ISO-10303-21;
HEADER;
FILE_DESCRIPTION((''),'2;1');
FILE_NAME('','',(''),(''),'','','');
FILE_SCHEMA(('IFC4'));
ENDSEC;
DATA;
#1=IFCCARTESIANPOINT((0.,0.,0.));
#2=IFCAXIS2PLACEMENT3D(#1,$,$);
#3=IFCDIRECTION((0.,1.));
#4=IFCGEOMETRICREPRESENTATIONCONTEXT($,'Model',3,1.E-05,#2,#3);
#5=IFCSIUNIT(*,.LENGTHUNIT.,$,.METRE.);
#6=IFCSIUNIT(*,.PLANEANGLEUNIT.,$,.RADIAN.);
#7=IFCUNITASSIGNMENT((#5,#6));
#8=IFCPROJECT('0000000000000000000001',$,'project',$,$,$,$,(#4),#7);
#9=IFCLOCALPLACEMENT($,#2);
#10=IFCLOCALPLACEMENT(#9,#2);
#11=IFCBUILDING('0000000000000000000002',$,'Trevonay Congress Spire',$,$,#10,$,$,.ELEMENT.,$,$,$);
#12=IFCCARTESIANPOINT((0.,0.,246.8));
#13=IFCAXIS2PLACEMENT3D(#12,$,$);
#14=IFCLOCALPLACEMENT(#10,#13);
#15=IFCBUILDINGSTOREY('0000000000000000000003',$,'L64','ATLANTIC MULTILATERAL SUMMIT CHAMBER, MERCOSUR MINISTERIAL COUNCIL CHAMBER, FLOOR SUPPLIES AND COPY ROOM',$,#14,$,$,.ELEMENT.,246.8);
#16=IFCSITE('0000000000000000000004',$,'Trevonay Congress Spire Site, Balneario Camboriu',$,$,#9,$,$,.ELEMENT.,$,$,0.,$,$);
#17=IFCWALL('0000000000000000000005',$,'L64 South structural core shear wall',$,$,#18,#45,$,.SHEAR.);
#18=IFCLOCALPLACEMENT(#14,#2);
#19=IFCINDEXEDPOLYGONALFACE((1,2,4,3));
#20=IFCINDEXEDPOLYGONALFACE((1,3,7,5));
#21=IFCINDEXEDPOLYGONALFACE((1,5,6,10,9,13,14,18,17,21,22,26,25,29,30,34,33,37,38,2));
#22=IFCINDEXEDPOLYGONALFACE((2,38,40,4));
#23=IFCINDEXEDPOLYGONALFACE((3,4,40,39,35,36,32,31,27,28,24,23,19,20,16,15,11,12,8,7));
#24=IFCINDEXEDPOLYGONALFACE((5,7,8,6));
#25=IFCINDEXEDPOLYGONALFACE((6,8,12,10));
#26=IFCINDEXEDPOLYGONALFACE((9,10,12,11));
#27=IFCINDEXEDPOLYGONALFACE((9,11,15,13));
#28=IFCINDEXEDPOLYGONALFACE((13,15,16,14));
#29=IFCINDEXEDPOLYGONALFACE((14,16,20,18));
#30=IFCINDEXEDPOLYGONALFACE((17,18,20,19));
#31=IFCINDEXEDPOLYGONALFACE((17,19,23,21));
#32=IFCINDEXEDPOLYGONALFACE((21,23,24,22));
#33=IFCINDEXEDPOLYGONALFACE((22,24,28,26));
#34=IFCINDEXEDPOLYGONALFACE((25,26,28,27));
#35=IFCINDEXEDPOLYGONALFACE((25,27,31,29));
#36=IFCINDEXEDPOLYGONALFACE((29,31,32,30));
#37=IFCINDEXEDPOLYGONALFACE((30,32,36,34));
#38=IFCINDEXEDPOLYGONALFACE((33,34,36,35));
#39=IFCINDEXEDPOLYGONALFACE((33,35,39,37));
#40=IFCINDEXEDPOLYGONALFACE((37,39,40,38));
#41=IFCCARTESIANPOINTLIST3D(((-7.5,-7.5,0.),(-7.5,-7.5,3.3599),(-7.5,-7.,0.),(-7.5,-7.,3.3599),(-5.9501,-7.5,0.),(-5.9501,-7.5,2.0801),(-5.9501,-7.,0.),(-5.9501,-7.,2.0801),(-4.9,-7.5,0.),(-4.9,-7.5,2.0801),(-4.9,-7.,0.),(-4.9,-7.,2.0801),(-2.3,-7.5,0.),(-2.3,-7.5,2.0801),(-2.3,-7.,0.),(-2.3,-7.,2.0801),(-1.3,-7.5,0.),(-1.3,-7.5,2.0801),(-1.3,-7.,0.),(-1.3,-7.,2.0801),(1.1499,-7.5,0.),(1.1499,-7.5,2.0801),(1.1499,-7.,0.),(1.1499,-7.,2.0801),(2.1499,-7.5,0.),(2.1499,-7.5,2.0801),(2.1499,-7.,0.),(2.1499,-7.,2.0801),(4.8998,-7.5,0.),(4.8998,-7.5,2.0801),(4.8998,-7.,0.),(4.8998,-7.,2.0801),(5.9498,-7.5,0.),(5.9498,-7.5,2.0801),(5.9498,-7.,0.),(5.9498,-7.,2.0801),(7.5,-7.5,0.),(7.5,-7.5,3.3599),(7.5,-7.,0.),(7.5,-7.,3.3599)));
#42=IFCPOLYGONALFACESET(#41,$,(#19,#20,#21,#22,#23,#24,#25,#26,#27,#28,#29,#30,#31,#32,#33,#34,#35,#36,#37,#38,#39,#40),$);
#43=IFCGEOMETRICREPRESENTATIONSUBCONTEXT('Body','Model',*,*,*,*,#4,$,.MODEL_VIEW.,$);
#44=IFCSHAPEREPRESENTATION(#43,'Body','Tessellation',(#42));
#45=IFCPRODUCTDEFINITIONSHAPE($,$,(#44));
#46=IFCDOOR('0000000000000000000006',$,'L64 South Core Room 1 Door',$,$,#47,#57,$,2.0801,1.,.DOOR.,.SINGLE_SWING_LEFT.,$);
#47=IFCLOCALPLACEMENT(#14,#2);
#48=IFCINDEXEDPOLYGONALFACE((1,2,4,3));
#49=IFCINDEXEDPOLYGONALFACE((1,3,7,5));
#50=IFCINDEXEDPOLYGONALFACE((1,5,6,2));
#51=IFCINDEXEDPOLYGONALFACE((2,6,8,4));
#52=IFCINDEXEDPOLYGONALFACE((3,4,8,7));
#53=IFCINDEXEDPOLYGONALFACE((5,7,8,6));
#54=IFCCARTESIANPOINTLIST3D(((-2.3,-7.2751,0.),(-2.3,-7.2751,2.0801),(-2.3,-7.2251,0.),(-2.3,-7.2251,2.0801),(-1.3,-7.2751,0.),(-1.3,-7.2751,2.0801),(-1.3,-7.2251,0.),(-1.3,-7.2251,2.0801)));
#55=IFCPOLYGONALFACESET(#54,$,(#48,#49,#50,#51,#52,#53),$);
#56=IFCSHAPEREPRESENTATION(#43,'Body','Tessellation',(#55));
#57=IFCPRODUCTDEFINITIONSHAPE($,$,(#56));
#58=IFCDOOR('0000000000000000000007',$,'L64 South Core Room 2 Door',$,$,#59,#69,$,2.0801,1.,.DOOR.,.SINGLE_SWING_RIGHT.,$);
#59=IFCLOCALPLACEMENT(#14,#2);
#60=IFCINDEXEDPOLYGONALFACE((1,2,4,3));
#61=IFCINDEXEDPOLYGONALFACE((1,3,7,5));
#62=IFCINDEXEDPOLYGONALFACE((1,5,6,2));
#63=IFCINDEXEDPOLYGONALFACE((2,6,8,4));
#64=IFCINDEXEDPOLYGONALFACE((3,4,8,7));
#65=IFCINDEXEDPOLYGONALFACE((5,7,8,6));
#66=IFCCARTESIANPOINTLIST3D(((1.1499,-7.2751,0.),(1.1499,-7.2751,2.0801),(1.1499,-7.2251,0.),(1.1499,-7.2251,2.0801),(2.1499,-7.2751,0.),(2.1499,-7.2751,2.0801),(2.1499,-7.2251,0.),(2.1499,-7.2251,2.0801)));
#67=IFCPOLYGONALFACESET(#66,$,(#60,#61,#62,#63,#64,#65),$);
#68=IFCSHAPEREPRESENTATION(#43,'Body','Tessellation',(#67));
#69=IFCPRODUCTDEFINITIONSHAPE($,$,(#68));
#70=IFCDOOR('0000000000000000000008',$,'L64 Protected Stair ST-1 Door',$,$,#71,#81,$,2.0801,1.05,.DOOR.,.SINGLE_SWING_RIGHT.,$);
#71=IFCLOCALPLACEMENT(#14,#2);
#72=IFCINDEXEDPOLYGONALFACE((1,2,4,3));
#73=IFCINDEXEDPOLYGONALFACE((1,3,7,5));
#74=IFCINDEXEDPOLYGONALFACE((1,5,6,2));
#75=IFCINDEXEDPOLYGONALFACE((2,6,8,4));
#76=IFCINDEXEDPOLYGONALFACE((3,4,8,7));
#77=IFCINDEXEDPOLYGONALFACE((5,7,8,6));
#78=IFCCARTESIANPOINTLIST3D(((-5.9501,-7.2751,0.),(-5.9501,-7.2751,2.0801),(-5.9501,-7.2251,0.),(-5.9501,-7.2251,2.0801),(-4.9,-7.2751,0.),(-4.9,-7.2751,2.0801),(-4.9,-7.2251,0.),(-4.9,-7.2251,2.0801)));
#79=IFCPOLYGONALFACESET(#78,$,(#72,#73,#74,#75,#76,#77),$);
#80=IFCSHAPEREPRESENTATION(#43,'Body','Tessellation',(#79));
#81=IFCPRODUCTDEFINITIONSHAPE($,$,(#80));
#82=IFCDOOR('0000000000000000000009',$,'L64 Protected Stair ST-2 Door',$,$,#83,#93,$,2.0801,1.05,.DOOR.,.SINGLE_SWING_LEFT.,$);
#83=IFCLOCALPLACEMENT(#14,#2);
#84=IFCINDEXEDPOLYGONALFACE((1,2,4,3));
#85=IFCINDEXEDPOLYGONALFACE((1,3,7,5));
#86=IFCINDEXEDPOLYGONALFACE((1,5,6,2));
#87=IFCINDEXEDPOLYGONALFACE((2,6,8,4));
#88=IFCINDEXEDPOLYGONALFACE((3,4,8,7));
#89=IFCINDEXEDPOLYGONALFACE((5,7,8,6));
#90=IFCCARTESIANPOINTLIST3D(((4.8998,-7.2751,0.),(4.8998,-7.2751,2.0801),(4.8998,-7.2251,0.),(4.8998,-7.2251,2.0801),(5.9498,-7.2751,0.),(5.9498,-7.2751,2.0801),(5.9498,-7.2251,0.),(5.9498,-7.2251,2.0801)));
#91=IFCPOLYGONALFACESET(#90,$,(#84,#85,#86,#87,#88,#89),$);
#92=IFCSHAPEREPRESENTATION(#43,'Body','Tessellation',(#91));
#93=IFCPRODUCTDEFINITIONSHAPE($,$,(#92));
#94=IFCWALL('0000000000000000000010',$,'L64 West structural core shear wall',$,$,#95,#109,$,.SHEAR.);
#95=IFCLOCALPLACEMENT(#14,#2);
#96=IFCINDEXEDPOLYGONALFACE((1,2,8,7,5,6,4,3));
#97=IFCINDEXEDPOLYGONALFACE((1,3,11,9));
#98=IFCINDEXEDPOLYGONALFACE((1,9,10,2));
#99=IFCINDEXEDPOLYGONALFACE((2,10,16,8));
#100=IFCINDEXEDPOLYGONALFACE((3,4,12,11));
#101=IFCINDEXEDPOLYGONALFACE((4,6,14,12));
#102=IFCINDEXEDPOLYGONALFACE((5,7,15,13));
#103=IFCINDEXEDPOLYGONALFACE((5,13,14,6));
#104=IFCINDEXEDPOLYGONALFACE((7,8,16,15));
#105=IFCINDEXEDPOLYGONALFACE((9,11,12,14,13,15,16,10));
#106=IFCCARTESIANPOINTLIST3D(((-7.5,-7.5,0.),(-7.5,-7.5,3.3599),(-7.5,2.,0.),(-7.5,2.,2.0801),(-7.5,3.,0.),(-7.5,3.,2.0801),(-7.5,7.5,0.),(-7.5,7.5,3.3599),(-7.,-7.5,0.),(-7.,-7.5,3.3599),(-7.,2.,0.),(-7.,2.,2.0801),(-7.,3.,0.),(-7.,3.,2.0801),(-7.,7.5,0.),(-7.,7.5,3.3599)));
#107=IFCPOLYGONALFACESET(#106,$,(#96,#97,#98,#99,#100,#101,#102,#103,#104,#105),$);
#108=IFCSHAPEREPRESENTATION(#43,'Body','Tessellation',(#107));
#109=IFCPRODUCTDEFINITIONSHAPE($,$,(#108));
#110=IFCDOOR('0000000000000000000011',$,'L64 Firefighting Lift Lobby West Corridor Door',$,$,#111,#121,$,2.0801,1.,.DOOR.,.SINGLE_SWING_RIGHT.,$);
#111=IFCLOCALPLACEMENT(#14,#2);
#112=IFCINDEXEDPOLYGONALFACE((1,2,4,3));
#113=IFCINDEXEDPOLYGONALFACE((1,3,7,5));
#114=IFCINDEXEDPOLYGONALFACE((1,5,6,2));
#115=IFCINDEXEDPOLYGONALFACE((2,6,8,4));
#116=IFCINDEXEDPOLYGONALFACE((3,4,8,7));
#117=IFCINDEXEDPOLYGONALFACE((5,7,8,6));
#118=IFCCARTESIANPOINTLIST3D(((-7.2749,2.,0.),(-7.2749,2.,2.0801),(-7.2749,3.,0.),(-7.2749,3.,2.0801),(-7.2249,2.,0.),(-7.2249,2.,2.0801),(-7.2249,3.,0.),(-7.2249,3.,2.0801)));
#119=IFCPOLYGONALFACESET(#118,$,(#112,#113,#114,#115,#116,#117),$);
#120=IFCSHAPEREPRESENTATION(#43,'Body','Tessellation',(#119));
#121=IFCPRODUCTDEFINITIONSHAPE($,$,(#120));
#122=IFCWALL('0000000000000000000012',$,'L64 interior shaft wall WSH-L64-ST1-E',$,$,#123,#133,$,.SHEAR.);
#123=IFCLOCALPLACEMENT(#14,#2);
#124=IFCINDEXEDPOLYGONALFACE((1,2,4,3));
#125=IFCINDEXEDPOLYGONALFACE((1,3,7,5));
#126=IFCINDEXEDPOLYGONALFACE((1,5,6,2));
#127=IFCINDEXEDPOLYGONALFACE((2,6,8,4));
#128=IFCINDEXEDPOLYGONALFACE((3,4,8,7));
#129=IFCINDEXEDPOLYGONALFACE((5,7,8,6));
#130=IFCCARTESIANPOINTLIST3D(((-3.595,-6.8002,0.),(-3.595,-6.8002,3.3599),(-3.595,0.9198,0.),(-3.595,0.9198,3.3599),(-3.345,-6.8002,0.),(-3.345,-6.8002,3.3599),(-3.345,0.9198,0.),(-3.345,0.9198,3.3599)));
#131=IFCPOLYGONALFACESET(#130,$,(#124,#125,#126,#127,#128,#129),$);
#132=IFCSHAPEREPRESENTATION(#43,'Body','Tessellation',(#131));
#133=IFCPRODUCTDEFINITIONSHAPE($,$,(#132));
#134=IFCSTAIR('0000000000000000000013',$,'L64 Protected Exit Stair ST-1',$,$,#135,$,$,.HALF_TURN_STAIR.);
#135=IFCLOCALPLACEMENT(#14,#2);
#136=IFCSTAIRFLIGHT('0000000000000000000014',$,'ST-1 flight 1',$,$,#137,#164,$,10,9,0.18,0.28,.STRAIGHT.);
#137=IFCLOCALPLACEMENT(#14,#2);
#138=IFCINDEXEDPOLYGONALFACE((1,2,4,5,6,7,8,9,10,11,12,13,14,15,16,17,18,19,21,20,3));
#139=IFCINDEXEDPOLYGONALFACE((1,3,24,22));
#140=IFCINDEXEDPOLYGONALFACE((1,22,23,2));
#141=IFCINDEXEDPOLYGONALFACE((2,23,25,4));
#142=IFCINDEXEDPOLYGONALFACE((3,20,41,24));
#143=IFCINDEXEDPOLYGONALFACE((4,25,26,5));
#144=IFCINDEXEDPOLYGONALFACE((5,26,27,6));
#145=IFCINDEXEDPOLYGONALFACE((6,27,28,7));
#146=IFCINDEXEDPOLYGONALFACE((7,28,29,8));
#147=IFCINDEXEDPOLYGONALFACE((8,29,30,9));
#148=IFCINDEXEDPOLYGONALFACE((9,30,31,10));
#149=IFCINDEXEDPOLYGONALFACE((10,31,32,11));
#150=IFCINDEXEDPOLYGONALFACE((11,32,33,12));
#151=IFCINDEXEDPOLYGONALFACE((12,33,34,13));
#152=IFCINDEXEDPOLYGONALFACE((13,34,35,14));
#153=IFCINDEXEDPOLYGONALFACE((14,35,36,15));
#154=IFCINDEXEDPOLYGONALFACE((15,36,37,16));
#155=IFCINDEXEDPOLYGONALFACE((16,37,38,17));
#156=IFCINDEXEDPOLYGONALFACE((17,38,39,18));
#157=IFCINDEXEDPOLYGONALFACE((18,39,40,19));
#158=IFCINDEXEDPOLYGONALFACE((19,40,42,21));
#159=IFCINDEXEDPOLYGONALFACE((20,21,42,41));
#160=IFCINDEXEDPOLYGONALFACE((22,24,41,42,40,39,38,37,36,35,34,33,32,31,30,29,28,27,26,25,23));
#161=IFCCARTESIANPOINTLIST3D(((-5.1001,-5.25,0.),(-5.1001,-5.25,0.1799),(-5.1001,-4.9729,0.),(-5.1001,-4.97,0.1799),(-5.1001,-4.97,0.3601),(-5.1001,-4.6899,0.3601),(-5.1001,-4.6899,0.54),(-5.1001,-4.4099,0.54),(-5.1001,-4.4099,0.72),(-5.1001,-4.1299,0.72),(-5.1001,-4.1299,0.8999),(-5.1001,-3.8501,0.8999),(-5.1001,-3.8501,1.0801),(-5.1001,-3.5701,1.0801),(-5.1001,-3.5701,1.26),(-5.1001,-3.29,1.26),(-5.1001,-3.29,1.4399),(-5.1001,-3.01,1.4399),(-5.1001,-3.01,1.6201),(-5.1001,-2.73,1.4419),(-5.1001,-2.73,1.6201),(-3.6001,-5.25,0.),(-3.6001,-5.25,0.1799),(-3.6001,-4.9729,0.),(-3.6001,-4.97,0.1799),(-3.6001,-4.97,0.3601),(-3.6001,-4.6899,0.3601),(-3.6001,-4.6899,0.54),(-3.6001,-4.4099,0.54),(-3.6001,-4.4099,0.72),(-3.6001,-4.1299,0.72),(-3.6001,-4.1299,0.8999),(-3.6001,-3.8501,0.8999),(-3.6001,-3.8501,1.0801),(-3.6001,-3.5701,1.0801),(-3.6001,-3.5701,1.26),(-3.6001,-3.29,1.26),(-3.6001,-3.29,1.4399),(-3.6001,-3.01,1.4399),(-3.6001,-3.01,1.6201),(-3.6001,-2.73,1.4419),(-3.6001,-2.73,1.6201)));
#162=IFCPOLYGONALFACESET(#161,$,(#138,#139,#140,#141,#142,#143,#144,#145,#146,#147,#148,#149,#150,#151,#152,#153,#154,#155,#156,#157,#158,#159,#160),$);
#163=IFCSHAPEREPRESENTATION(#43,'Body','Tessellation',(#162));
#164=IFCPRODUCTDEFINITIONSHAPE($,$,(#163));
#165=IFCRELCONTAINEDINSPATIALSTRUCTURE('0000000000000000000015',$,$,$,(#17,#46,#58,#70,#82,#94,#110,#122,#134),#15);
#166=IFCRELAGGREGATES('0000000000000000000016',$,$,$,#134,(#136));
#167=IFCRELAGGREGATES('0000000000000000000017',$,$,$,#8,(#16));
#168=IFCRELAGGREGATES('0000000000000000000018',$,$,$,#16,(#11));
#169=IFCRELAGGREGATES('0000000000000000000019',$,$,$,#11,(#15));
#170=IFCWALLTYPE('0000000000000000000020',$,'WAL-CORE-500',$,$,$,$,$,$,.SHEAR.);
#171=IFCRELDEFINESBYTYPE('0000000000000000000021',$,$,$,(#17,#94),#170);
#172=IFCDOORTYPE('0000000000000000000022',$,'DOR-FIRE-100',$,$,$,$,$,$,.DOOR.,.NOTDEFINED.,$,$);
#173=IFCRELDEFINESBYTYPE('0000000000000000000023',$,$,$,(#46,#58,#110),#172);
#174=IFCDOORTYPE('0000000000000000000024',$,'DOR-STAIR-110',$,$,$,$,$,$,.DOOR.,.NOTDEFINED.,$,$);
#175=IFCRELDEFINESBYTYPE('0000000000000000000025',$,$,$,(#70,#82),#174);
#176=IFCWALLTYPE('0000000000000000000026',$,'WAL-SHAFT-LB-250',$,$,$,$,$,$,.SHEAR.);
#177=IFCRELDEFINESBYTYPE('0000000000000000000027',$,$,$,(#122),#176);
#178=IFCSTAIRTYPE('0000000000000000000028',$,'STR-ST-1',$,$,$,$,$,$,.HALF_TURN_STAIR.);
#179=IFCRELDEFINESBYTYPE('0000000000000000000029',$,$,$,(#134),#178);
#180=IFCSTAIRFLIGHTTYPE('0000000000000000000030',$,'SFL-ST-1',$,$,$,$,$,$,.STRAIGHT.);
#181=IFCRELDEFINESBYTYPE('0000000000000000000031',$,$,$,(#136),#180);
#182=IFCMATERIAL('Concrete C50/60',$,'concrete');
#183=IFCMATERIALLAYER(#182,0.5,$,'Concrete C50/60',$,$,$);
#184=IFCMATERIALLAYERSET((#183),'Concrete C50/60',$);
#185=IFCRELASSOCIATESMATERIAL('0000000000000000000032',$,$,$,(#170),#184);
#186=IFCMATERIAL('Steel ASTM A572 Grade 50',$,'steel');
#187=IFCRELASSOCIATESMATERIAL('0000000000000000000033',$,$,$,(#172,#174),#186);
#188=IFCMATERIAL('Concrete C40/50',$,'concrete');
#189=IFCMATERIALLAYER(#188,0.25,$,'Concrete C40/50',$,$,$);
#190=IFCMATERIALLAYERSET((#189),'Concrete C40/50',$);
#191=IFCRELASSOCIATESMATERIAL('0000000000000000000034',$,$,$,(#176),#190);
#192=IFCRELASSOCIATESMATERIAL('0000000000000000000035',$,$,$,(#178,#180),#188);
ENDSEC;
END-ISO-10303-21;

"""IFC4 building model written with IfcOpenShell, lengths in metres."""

from ifc_helpers import new_model, si_unit, direction, frame, frame_2d, origin, place, context, subcontext, project, spatial, polyline, rectangle, outline, extrude, material, layer, layer_set, type_object, element, fill, aggregate, save


model = new_model("IFC4")

# Units and contexts
model_context = context("Model", 3, precision=1e-05, world=origin(), true_north=direction((0.0, 1.0)))
body_context = subcontext(model_context, "Body", "Model", "MODEL_VIEW")
ifc_project = project(units=[si_unit("LENGTHUNIT", "METRE"), si_unit("PLANEANGLEUNIT", "RADIAN")], contexts=[model_context])

# Site, building, storey
site_placement = place(None, origin())
site = spatial("IfcSite", under=ifc_project, at=site_placement, Name="Trevonay Congress Spire Site, Balneario Camboriu", CompositionType="ELEMENT", RefElevation=0.0)
building_placement = place(site_placement, origin())
building = spatial("IfcBuilding", under=site, at=building_placement, Name="Trevonay Congress Spire", CompositionType="ELEMENT")
storey_placement = place(building_placement, frame((0.0, 0.0, 246.8)))
storey = spatial("IfcBuildingStorey", under=building, at=storey_placement, Name="L64", Description="ATLANTIC MULTILATERAL SUMMIT CHAMBER, MERCOSUR MINISTERIAL COUNCIL CHAMBER, FLOOR SUPPLIES AND COPY ROOM", CompositionType="ELEMENT", Elevation=246.8)

# Shared definitions
ifc_material_1 = material(Name="Steel ASTM A572 Grade 50", Category="steel")

# Wall, openings, doors
ifc_material_2 = material(Name="Concrete C50/60", Category="concrete")
ifc_layer_1 = layer(ifc_material_2, 0.5, Name="Concrete C50/60")
ifc_layer_set_1 = layer_set([ifc_layer_1], Name="Concrete C50/60")
wall_type_1 = type_object("IfcWallType", Name="WAL-CORE-500", PredefinedType="SHEAR", material=ifc_layer_set_1)
wall_1_placement = place(storey_placement, frame((-7.5, -7.25, 0.0), z_axis=(0.0, 0.0, 1.0), x_axis=(1.0, 0.0, 0.0)))
wall_1 = element("IfcWall", 1, at=wall_1_placement, inside=storey, type_object=wall_type_1, Name="L64 South structural core shear wall", PredefinedType="SHEAR", context=body_context, shape_type="SweptSolid", body=[
    extrude(rectangle(XDim=15.0, YDim=0.5, at=frame_2d((7.5, 0.0))), origin(), (0.0, 0.0, 1.0), 3.3599),
])
opening_1_placement = place(wall_1_placement, frame((1.55, 0.0, 0.0)))
opening_1 = element("IfcOpeningElement", 2, at=opening_1_placement, cuts=wall_1, PredefinedType="OPENING", context=body_context, shape_type="SweptSolid", body=[
    extrude(rectangle(XDim=1.05, YDim=2.0801, at=frame_2d((0.5249, 1.04))), frame((0.0, 0.26, 0.0), z_axis=(0.0, -1.0, 0.0), x_axis=(1.0, 0.0, 0.0)), (0.0, 0.0, 1.0), 0.52),
])
opening_2_placement = place(wall_1_placement, frame((12.3999, 0.0, 0.0)))
opening_2 = element("IfcOpeningElement", 3, at=opening_2_placement, cuts=wall_1, PredefinedType="OPENING", context=body_context, shape_type="SweptSolid", body=[
    extrude(rectangle(XDim=1.05, YDim=2.0801, at=frame_2d((0.5249, 1.04))), frame((0.0, 0.26, 0.0), z_axis=(0.0, -1.0, 0.0), x_axis=(1.0, 0.0, 0.0)), (0.0, 0.0, 1.0), 0.52),
])
opening_3_placement = place(wall_1_placement, frame((5.2, 0.0, 0.0)))
opening_3 = element("IfcOpeningElement", 4, at=opening_3_placement, cuts=wall_1, PredefinedType="OPENING", context=body_context, shape_type="SweptSolid", body=[
    extrude(rectangle(XDim=1.0, YDim=2.0801, at=frame_2d((0.5, 1.04))), frame((0.0, 0.26, 0.0), z_axis=(0.0, -1.0, 0.0), x_axis=(1.0, 0.0, 0.0)), (0.0, 0.0, 1.0), 0.52),
])
opening_4_placement = place(wall_1_placement, frame((8.6499, 0.0, 0.0)))
opening_4 = element("IfcOpeningElement", 5, at=opening_4_placement, cuts=wall_1, PredefinedType="OPENING", context=body_context, shape_type="SweptSolid", body=[
    extrude(rectangle(XDim=1.0, YDim=2.0801, at=frame_2d((0.5, 1.04))), frame((0.0, 0.26, 0.0), z_axis=(0.0, -1.0, 0.0), x_axis=(1.0, 0.0, 0.0)), (0.0, 0.0, 1.0), 0.52),
])
door_type_1 = type_object("IfcDoorType", Name="DOR-FIRE-100", OperationType="NOTDEFINED", PredefinedType="DOOR", material=ifc_material_1)
door_1_placement = place(opening_3_placement, origin())
door_1 = element("IfcDoor", 6, at=door_1_placement, inside=storey, type_object=door_type_1, Name="L64 South Core Room 1 Door", OperationType="SINGLE_SWING_LEFT", OverallHeight=2.0801, OverallWidth=1.0, PredefinedType="DOOR", context=body_context, shape_type="SweptSolid", body=[
    extrude(rectangle(XDim=1.0, YDim=2.0801, at=frame_2d((0.5, 1.04))), frame((0.0, 0.0249, 0.0), z_axis=(0.0, -1.0, 0.0), x_axis=(1.0, 0.0, 0.0)), (0.0, 0.0, 1.0), 0.05),
])
fill(opening_3, door_1)
door_2_placement = place(opening_4_placement, origin())
door_2 = element("IfcDoor", 7, at=door_2_placement, inside=storey, type_object=door_type_1, Name="L64 South Core Room 2 Door", OperationType="SINGLE_SWING_RIGHT", OverallHeight=2.0801, OverallWidth=1.0, PredefinedType="DOOR", context=body_context, shape_type="SweptSolid", body=[
    extrude(rectangle(XDim=1.0, YDim=2.0801, at=frame_2d((0.5, 1.04))), frame((0.0, 0.0249, 0.0), z_axis=(0.0, -1.0, 0.0), x_axis=(1.0, 0.0, 0.0)), (0.0, 0.0, 1.0), 0.05),
])
fill(opening_4, door_2)
door_type_2 = type_object("IfcDoorType", Name="DOR-STAIR-110", OperationType="NOTDEFINED", PredefinedType="DOOR", material=ifc_material_1)
door_3_placement = place(opening_1_placement, origin())
door_3 = element("IfcDoor", 8, at=door_3_placement, inside=storey, type_object=door_type_2, Name="L64 Protected Stair ST-1 Door", OperationType="SINGLE_SWING_RIGHT", OverallHeight=2.0801, OverallWidth=1.05, PredefinedType="DOOR", context=body_context, shape_type="SweptSolid", body=[
    extrude(rectangle(XDim=1.05, YDim=2.0801, at=frame_2d((0.5249, 1.04))), frame((0.0, 0.0249, 0.0), z_axis=(0.0, -1.0, 0.0), x_axis=(1.0, 0.0, 0.0)), (0.0, 0.0, 1.0), 0.05),
])
fill(opening_1, door_3)
door_4_placement = place(opening_2_placement, origin())
door_4 = element("IfcDoor", 9, at=door_4_placement, inside=storey, type_object=door_type_2, Name="L64 Protected Stair ST-2 Door", OperationType="SINGLE_SWING_LEFT", OverallHeight=2.0801, OverallWidth=1.05, PredefinedType="DOOR", context=body_context, shape_type="SweptSolid", body=[
    extrude(rectangle(XDim=1.05, YDim=2.0801, at=frame_2d((0.5249, 1.04))), frame((0.0, 0.0249, 0.0), z_axis=(0.0, -1.0, 0.0), x_axis=(1.0, 0.0, 0.0)), (0.0, 0.0, 1.0), 0.05),
])
fill(opening_2, door_4)

# Wall, opening, door
wall_2_placement = place(storey_placement, frame((-7.25, -7.5, 0.0), z_axis=(0.0, 0.0, 1.0), x_axis=(0.0, 1.0, 0.0)))
wall_2 = element("IfcWall", 10, at=wall_2_placement, inside=storey, type_object=wall_type_1, Name="L64 West structural core shear wall", PredefinedType="SHEAR", context=body_context, shape_type="SweptSolid", body=[
    extrude(rectangle(XDim=15.0, YDim=0.5, at=frame_2d((7.5, 0.0))), origin(), (0.0, 0.0, 1.0), 3.3599),
])
opening_5_placement = place(wall_2_placement, frame((9.5, 0.0, 0.0)))
opening_5 = element("IfcOpeningElement", 11, at=opening_5_placement, cuts=wall_2, PredefinedType="OPENING", context=body_context, shape_type="SweptSolid", body=[
    extrude(rectangle(XDim=1.0, YDim=2.0801, at=frame_2d((0.5, 1.04))), frame((0.0, 0.26, 0.0), z_axis=(0.0, -1.0, 0.0), x_axis=(1.0, 0.0, 0.0)), (0.0, 0.0, 1.0), 0.52),
])
door_5_placement = place(opening_5_placement, origin())
door_5 = element("IfcDoor", 12, at=door_5_placement, inside=storey, type_object=door_type_1, Name="L64 Firefighting Lift Lobby West Corridor Door", OperationType="SINGLE_SWING_RIGHT", OverallHeight=2.0801, OverallWidth=1.0, PredefinedType="DOOR", context=body_context, shape_type="SweptSolid", body=[
    extrude(rectangle(XDim=1.0, YDim=2.0801, at=frame_2d((0.5, 1.04))), frame((0.0, 0.0249, 0.0), z_axis=(0.0, -1.0, 0.0), x_axis=(1.0, 0.0, 0.0)), (0.0, 0.0, 1.0), 0.05),
])
fill(opening_5, door_5)

# Wall
ifc_material_3 = material(Name="Concrete C40/50", Category="concrete")
ifc_layer_2 = layer(ifc_material_3, 0.25, Name="Concrete C40/50")
ifc_layer_set_2 = layer_set([ifc_layer_2], Name="Concrete C40/50")
wall_type_2 = type_object("IfcWallType", Name="WAL-SHAFT-LB-250", PredefinedType="SHEAR", material=ifc_layer_set_2)
wall_3_placement = place(storey_placement, frame((-3.47, -6.8, 0.0), z_axis=(0.0, 0.0, 1.0), x_axis=(0.0, 1.0, 0.0)))
element("IfcWall", 13, at=wall_3_placement, inside=storey, type_object=wall_type_2, Name="L64 interior shaft wall WSH-L64-ST1-E", PredefinedType="SHEAR", context=body_context, shape_type="SweptSolid", body=[
    extrude(rectangle(XDim=7.72, YDim=0.25, at=frame_2d((3.8599, 0.0))), origin(), (0.0, 0.0, 1.0), 3.3599),
])

# Stair, stair flight
stair_type = type_object("IfcStairType", Name="STR-ST-1", PredefinedType="HALF_TURN_STAIR", material=ifc_material_3)
stair_placement = place(storey_placement, origin())
stair = element("IfcStair", 14, at=stair_placement, inside=storey, type_object=stair_type, Name="L64 Protected Exit Stair ST-1", PredefinedType="HALF_TURN_STAIR")
stair_flight_type = type_object("IfcStairFlightType", Name="SFL-ST-1", PredefinedType="STRAIGHT", material=ifc_material_3)
stair_flight_1_placement = place(storey_placement, frame((-4.3501, -5.25, 0.0), z_axis=(0.0, 0.0, 1.0), x_axis=(0.0, 1.0, 0.0)))
stair_flight_1 = element("IfcStairFlight", 15, at=stair_flight_1_placement, type_object=stair_flight_type, Name="ST-1 flight 1", NumberOfRisers=10, NumberOfTreads=9, PredefinedType="STRAIGHT", RiserHeight=0.18, TreadLength=0.28, context=body_context, shape_type="SweptSolid", body=[
    extrude(outline(polyline([(0.0, 0.0), (0.0, 0.1799), (0.28, 0.1799), (0.28, 0.3601), (0.5601, 0.3601), (0.5601, 0.54), (0.8401, 0.54), (0.8401, 0.72), (1.1201, 0.72), (1.1201, 0.8999), (1.3999, 0.8999), (1.3999, 1.0801), (1.6799, 1.0801), (1.6799, 1.26), (1.96, 1.26), (1.96, 1.4399), (2.24, 1.4399), (2.24, 1.6201), (2.52, 1.6201), (2.52, 1.8), (2.52, 1.4419), (0.2771, 0.0), (0.0, 0.0)])), frame((0.0, 0.75, 0.0), z_axis=(0.0, -1.0, 0.0), x_axis=(1.0, 0.0, 0.0)), (0.0, 0.0, 1.0), 1.5),
])
aggregate(stair, [stair_flight_1])

save(model, "model.ifc")
